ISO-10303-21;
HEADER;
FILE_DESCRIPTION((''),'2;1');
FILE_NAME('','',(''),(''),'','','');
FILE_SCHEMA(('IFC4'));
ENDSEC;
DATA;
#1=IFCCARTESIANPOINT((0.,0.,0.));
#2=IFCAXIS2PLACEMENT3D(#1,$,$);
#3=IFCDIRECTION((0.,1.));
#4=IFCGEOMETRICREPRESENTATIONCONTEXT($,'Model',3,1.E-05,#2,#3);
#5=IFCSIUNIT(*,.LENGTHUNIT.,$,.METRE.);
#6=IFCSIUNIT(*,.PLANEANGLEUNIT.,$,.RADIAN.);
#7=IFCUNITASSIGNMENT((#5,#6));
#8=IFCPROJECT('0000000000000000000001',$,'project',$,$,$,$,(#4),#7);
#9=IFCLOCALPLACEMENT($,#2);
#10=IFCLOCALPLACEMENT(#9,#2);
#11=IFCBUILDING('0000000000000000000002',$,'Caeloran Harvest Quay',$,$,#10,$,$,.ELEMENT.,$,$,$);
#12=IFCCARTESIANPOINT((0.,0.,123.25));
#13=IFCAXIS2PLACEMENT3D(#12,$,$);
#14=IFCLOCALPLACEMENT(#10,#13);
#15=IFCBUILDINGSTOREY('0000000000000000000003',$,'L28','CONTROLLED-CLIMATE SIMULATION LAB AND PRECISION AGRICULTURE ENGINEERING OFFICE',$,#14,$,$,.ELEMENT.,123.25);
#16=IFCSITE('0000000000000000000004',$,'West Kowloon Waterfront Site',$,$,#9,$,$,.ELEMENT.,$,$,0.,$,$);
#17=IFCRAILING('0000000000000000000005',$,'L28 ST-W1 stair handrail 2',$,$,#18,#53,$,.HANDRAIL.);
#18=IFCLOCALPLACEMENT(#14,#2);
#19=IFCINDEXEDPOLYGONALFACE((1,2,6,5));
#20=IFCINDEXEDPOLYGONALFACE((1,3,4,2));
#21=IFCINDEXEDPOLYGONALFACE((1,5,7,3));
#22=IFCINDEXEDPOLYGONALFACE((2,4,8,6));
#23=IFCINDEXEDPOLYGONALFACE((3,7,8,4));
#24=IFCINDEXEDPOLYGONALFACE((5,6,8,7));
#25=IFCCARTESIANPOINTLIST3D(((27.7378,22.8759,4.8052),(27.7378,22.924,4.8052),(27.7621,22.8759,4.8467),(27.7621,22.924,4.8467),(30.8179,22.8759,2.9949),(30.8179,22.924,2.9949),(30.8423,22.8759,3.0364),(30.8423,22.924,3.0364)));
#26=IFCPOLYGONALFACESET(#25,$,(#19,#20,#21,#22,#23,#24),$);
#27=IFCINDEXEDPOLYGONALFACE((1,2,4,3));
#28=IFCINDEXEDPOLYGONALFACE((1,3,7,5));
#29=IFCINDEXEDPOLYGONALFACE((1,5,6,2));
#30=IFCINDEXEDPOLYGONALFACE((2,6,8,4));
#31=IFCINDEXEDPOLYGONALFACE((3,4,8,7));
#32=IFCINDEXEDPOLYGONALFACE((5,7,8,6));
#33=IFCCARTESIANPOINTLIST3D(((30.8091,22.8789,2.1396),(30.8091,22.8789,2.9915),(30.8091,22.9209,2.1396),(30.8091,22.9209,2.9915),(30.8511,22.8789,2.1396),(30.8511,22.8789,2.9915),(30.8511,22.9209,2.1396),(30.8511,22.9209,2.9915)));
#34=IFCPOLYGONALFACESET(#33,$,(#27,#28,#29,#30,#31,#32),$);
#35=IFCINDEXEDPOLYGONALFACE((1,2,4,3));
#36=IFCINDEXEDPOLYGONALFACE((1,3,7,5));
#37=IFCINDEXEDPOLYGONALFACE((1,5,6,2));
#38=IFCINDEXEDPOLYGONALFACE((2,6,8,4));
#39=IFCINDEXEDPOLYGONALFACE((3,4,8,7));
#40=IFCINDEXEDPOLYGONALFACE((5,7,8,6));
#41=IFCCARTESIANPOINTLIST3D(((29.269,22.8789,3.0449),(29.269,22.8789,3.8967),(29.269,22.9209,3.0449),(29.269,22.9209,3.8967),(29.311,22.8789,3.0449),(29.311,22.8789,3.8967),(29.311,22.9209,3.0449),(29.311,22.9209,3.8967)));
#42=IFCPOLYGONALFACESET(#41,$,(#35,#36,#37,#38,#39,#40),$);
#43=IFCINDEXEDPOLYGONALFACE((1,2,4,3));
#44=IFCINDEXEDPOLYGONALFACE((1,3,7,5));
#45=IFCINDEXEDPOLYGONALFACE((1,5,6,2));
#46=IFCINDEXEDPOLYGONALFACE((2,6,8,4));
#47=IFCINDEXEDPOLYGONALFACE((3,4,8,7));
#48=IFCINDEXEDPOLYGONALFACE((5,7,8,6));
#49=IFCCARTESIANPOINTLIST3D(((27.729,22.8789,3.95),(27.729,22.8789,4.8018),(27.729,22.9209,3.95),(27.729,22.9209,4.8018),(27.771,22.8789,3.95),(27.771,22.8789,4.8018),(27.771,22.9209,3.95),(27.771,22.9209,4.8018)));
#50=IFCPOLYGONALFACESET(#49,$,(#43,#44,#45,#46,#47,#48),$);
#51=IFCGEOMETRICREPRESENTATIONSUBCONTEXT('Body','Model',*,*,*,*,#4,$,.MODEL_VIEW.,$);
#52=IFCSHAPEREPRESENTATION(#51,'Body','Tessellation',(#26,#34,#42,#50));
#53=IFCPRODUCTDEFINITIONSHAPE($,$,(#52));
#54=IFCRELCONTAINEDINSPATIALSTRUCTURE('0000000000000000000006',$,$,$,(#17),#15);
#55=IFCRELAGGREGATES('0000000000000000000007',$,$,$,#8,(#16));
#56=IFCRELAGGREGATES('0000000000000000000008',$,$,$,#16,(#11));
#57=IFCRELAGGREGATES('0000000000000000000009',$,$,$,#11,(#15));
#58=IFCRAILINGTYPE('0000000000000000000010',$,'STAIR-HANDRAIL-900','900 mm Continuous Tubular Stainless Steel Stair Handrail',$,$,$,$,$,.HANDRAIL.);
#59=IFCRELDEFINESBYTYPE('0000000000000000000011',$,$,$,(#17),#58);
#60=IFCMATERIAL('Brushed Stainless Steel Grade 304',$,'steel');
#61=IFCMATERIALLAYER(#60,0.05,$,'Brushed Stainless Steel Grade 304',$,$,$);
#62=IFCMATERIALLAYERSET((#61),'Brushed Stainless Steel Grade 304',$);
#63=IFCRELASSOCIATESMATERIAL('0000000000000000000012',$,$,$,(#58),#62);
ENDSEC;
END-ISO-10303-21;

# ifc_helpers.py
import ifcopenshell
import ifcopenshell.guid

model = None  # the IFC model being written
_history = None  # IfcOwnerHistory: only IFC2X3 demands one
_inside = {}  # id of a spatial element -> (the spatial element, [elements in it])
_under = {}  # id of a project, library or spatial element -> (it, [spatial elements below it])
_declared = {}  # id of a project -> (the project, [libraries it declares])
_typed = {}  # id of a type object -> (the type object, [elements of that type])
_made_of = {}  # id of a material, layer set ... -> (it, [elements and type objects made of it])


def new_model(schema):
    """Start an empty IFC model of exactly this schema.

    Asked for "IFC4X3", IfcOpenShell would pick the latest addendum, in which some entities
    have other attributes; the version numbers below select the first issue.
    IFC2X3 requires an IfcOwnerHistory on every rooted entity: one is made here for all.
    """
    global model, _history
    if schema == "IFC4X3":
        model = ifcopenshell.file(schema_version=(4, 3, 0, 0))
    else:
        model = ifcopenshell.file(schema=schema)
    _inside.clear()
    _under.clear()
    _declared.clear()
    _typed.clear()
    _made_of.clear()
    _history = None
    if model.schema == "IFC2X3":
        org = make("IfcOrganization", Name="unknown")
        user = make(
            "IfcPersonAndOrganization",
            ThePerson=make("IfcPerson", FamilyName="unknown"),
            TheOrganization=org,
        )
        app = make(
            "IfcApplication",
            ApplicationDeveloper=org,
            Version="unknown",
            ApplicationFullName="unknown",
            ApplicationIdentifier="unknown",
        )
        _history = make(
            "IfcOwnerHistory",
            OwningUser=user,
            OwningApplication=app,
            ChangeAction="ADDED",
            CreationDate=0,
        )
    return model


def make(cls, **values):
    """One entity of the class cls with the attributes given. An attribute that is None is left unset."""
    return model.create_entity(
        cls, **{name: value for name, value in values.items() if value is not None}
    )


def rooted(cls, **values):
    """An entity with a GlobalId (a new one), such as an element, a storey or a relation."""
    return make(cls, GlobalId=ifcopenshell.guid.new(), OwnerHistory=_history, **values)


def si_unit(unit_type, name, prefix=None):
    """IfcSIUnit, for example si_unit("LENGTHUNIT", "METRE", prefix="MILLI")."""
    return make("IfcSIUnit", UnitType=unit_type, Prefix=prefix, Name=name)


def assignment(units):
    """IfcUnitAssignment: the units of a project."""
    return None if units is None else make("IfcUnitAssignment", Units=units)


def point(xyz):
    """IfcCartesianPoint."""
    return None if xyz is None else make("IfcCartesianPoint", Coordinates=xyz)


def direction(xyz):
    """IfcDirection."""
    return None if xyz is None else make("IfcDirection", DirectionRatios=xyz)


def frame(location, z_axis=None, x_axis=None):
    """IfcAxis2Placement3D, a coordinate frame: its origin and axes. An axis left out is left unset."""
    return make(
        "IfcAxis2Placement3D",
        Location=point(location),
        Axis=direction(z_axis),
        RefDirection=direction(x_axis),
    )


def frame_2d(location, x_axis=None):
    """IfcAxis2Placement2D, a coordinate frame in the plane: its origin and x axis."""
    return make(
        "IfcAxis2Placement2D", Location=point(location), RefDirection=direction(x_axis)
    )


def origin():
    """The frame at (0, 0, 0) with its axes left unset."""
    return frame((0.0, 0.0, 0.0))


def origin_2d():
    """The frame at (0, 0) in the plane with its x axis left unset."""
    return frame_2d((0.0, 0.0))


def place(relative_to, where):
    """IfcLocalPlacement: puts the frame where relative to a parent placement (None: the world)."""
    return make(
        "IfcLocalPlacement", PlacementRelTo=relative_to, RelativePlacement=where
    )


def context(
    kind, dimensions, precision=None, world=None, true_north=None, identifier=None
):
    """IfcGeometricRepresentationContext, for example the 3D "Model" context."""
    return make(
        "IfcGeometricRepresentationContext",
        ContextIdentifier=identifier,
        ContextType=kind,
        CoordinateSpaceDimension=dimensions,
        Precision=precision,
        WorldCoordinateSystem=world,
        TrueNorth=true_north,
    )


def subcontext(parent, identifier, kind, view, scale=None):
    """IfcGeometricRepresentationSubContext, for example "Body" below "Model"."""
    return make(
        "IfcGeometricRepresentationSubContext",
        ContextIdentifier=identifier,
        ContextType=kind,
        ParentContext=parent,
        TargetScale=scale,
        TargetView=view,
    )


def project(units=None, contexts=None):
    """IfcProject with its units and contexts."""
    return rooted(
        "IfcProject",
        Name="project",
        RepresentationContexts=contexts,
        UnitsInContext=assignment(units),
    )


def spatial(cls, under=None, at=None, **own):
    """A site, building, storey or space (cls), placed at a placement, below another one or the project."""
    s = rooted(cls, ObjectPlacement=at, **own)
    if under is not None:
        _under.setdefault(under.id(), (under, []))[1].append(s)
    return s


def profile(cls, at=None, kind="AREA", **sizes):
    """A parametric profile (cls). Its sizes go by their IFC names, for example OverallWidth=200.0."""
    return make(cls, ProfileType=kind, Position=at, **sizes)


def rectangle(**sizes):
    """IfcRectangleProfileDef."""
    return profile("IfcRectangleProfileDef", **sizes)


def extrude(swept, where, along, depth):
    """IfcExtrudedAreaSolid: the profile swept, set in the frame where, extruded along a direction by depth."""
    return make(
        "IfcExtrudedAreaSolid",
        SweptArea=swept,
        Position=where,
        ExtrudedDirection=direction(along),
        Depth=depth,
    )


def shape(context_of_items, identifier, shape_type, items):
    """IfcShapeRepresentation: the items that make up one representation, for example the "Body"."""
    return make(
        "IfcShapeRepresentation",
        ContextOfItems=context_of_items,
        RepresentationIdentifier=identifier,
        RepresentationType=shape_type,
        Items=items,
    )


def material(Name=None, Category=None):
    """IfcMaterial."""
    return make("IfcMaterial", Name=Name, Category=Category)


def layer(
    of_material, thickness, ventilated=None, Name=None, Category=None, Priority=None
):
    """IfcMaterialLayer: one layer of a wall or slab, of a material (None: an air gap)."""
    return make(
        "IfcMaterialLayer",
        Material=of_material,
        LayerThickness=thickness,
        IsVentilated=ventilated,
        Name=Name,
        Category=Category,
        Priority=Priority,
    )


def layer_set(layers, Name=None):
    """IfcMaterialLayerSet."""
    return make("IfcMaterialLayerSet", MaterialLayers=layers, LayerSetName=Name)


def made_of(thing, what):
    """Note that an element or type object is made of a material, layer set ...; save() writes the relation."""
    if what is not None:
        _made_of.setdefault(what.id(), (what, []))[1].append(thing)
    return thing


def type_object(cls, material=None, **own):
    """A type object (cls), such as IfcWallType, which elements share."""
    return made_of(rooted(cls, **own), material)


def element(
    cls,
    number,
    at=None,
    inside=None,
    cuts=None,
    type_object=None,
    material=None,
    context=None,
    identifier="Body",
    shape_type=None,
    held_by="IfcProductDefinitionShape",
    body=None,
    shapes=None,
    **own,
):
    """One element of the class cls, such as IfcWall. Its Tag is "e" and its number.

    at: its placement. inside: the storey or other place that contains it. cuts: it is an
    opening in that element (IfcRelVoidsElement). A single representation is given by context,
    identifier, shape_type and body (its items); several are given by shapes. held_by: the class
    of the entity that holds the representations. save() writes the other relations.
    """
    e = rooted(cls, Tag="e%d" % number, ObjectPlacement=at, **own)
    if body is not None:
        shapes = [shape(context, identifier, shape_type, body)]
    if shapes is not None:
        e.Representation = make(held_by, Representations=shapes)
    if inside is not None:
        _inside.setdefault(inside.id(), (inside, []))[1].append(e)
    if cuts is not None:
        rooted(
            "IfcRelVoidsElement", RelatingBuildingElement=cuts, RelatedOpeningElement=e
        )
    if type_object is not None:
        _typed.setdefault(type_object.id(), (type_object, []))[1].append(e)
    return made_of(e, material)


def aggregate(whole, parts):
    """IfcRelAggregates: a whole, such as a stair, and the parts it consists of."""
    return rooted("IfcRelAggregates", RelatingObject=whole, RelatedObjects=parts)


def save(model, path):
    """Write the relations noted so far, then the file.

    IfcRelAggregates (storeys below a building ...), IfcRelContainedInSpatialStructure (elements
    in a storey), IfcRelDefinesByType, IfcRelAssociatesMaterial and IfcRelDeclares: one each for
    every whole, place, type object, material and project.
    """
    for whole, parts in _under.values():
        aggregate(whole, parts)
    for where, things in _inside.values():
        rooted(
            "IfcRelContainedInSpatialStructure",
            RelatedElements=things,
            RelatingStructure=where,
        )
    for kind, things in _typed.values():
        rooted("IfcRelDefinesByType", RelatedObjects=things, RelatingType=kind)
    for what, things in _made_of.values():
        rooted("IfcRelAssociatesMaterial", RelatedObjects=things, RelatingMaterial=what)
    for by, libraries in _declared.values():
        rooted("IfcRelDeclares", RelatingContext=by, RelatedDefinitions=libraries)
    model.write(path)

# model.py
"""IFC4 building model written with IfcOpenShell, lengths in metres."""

from ifc_helpers import new_model, si_unit, direction, frame, origin, origin_2d, place, context, subcontext, project, spatial, rectangle, extrude, material, layer, layer_set, type_object, element, save


model = new_model("IFC4")

# Units and contexts
model_context = context("Model", 3, precision=1e-05, world=origin(), true_north=direction((0.0, 1.0)))
body_context = subcontext(model_context, "Body", "Model", "MODEL_VIEW")
ifc_project = project(units=[si_unit("LENGTHUNIT", "METRE"), si_unit("PLANEANGLEUNIT", "RADIAN")], contexts=[model_context])

# Site, building, storey
site_placement = place(None, origin())
site = spatial("IfcSite", under=ifc_project, at=site_placement, Name="West Kowloon Waterfront Site", CompositionType="ELEMENT", RefElevation=0.0)
building_placement = place(site_placement, origin())
building = spatial("IfcBuilding", under=site, at=building_placement, Name="Caeloran Harvest Quay", CompositionType="ELEMENT")
storey_placement = place(building_placement, frame((0.0, 0.0, 123.25)))
storey = spatial("IfcBuildingStorey", under=building, at=storey_placement, Name="L28", Description="CONTROLLED-CLIMATE SIMULATION LAB AND PRECISION AGRICULTURE ENGINEERING OFFICE", CompositionType="ELEMENT", Elevation=123.25)

# Railing
ifc_material_1 = material(Name="Brushed Stainless Steel Grade 304", Category="steel")
ifc_layer_1 = layer(ifc_material_1, 0.05, Name="Brushed Stainless Steel Grade 304")
ifc_layer_set_1 = layer_set([ifc_layer_1], Name="Brushed Stainless Steel Grade 304")
railing_type_1 = type_object("IfcRailingType", Name="STAIR-HANDRAIL-900", Description="900 mm Continuous Tubular Stainless Steel Stair Handrail", PredefinedType="HANDRAIL", material=ifc_layer_set_1)
railing_1_placement = place(storey_placement, frame((30.8301, 22.8999, 2.1396)))
element("IfcRailing", 1, at=railing_1_placement, inside=storey, type_object=railing_type_1, Name="L28 ST-W1 stair handrail 2", PredefinedType="HANDRAIL", context=body_context, shape_type="SweptSolid", body=[
    extrude(rectangle(XDim=0.0481, YDim=0.0481, at=origin_2d()), frame((0.0, 0.0, 0.876), z_axis=(-0.862119, 0.0, 0.506707), x_axis=(0.0, -1.0, 0.0)), (0.0, 0.0, 1.0), 3.5728),
    extrude(rectangle(XDim=0.042, YDim=0.042, at=origin_2d()), origin(), (0.0, 0.0, 1.0), 0.8518),
    extrude(rectangle(XDim=0.042, YDim=0.042, at=origin_2d()), frame((-1.54, 0.0, 0.9053)), (0.0, 0.0, 1.0), 0.8518),
    extrude(rectangle(XDim=0.042, YDim=0.042, at=origin_2d()), frame((-3.0801, 0.0, 1.8103)), (0.0, 0.0, 1.0), 0.8518),
])

save(model, "model.ifc")
